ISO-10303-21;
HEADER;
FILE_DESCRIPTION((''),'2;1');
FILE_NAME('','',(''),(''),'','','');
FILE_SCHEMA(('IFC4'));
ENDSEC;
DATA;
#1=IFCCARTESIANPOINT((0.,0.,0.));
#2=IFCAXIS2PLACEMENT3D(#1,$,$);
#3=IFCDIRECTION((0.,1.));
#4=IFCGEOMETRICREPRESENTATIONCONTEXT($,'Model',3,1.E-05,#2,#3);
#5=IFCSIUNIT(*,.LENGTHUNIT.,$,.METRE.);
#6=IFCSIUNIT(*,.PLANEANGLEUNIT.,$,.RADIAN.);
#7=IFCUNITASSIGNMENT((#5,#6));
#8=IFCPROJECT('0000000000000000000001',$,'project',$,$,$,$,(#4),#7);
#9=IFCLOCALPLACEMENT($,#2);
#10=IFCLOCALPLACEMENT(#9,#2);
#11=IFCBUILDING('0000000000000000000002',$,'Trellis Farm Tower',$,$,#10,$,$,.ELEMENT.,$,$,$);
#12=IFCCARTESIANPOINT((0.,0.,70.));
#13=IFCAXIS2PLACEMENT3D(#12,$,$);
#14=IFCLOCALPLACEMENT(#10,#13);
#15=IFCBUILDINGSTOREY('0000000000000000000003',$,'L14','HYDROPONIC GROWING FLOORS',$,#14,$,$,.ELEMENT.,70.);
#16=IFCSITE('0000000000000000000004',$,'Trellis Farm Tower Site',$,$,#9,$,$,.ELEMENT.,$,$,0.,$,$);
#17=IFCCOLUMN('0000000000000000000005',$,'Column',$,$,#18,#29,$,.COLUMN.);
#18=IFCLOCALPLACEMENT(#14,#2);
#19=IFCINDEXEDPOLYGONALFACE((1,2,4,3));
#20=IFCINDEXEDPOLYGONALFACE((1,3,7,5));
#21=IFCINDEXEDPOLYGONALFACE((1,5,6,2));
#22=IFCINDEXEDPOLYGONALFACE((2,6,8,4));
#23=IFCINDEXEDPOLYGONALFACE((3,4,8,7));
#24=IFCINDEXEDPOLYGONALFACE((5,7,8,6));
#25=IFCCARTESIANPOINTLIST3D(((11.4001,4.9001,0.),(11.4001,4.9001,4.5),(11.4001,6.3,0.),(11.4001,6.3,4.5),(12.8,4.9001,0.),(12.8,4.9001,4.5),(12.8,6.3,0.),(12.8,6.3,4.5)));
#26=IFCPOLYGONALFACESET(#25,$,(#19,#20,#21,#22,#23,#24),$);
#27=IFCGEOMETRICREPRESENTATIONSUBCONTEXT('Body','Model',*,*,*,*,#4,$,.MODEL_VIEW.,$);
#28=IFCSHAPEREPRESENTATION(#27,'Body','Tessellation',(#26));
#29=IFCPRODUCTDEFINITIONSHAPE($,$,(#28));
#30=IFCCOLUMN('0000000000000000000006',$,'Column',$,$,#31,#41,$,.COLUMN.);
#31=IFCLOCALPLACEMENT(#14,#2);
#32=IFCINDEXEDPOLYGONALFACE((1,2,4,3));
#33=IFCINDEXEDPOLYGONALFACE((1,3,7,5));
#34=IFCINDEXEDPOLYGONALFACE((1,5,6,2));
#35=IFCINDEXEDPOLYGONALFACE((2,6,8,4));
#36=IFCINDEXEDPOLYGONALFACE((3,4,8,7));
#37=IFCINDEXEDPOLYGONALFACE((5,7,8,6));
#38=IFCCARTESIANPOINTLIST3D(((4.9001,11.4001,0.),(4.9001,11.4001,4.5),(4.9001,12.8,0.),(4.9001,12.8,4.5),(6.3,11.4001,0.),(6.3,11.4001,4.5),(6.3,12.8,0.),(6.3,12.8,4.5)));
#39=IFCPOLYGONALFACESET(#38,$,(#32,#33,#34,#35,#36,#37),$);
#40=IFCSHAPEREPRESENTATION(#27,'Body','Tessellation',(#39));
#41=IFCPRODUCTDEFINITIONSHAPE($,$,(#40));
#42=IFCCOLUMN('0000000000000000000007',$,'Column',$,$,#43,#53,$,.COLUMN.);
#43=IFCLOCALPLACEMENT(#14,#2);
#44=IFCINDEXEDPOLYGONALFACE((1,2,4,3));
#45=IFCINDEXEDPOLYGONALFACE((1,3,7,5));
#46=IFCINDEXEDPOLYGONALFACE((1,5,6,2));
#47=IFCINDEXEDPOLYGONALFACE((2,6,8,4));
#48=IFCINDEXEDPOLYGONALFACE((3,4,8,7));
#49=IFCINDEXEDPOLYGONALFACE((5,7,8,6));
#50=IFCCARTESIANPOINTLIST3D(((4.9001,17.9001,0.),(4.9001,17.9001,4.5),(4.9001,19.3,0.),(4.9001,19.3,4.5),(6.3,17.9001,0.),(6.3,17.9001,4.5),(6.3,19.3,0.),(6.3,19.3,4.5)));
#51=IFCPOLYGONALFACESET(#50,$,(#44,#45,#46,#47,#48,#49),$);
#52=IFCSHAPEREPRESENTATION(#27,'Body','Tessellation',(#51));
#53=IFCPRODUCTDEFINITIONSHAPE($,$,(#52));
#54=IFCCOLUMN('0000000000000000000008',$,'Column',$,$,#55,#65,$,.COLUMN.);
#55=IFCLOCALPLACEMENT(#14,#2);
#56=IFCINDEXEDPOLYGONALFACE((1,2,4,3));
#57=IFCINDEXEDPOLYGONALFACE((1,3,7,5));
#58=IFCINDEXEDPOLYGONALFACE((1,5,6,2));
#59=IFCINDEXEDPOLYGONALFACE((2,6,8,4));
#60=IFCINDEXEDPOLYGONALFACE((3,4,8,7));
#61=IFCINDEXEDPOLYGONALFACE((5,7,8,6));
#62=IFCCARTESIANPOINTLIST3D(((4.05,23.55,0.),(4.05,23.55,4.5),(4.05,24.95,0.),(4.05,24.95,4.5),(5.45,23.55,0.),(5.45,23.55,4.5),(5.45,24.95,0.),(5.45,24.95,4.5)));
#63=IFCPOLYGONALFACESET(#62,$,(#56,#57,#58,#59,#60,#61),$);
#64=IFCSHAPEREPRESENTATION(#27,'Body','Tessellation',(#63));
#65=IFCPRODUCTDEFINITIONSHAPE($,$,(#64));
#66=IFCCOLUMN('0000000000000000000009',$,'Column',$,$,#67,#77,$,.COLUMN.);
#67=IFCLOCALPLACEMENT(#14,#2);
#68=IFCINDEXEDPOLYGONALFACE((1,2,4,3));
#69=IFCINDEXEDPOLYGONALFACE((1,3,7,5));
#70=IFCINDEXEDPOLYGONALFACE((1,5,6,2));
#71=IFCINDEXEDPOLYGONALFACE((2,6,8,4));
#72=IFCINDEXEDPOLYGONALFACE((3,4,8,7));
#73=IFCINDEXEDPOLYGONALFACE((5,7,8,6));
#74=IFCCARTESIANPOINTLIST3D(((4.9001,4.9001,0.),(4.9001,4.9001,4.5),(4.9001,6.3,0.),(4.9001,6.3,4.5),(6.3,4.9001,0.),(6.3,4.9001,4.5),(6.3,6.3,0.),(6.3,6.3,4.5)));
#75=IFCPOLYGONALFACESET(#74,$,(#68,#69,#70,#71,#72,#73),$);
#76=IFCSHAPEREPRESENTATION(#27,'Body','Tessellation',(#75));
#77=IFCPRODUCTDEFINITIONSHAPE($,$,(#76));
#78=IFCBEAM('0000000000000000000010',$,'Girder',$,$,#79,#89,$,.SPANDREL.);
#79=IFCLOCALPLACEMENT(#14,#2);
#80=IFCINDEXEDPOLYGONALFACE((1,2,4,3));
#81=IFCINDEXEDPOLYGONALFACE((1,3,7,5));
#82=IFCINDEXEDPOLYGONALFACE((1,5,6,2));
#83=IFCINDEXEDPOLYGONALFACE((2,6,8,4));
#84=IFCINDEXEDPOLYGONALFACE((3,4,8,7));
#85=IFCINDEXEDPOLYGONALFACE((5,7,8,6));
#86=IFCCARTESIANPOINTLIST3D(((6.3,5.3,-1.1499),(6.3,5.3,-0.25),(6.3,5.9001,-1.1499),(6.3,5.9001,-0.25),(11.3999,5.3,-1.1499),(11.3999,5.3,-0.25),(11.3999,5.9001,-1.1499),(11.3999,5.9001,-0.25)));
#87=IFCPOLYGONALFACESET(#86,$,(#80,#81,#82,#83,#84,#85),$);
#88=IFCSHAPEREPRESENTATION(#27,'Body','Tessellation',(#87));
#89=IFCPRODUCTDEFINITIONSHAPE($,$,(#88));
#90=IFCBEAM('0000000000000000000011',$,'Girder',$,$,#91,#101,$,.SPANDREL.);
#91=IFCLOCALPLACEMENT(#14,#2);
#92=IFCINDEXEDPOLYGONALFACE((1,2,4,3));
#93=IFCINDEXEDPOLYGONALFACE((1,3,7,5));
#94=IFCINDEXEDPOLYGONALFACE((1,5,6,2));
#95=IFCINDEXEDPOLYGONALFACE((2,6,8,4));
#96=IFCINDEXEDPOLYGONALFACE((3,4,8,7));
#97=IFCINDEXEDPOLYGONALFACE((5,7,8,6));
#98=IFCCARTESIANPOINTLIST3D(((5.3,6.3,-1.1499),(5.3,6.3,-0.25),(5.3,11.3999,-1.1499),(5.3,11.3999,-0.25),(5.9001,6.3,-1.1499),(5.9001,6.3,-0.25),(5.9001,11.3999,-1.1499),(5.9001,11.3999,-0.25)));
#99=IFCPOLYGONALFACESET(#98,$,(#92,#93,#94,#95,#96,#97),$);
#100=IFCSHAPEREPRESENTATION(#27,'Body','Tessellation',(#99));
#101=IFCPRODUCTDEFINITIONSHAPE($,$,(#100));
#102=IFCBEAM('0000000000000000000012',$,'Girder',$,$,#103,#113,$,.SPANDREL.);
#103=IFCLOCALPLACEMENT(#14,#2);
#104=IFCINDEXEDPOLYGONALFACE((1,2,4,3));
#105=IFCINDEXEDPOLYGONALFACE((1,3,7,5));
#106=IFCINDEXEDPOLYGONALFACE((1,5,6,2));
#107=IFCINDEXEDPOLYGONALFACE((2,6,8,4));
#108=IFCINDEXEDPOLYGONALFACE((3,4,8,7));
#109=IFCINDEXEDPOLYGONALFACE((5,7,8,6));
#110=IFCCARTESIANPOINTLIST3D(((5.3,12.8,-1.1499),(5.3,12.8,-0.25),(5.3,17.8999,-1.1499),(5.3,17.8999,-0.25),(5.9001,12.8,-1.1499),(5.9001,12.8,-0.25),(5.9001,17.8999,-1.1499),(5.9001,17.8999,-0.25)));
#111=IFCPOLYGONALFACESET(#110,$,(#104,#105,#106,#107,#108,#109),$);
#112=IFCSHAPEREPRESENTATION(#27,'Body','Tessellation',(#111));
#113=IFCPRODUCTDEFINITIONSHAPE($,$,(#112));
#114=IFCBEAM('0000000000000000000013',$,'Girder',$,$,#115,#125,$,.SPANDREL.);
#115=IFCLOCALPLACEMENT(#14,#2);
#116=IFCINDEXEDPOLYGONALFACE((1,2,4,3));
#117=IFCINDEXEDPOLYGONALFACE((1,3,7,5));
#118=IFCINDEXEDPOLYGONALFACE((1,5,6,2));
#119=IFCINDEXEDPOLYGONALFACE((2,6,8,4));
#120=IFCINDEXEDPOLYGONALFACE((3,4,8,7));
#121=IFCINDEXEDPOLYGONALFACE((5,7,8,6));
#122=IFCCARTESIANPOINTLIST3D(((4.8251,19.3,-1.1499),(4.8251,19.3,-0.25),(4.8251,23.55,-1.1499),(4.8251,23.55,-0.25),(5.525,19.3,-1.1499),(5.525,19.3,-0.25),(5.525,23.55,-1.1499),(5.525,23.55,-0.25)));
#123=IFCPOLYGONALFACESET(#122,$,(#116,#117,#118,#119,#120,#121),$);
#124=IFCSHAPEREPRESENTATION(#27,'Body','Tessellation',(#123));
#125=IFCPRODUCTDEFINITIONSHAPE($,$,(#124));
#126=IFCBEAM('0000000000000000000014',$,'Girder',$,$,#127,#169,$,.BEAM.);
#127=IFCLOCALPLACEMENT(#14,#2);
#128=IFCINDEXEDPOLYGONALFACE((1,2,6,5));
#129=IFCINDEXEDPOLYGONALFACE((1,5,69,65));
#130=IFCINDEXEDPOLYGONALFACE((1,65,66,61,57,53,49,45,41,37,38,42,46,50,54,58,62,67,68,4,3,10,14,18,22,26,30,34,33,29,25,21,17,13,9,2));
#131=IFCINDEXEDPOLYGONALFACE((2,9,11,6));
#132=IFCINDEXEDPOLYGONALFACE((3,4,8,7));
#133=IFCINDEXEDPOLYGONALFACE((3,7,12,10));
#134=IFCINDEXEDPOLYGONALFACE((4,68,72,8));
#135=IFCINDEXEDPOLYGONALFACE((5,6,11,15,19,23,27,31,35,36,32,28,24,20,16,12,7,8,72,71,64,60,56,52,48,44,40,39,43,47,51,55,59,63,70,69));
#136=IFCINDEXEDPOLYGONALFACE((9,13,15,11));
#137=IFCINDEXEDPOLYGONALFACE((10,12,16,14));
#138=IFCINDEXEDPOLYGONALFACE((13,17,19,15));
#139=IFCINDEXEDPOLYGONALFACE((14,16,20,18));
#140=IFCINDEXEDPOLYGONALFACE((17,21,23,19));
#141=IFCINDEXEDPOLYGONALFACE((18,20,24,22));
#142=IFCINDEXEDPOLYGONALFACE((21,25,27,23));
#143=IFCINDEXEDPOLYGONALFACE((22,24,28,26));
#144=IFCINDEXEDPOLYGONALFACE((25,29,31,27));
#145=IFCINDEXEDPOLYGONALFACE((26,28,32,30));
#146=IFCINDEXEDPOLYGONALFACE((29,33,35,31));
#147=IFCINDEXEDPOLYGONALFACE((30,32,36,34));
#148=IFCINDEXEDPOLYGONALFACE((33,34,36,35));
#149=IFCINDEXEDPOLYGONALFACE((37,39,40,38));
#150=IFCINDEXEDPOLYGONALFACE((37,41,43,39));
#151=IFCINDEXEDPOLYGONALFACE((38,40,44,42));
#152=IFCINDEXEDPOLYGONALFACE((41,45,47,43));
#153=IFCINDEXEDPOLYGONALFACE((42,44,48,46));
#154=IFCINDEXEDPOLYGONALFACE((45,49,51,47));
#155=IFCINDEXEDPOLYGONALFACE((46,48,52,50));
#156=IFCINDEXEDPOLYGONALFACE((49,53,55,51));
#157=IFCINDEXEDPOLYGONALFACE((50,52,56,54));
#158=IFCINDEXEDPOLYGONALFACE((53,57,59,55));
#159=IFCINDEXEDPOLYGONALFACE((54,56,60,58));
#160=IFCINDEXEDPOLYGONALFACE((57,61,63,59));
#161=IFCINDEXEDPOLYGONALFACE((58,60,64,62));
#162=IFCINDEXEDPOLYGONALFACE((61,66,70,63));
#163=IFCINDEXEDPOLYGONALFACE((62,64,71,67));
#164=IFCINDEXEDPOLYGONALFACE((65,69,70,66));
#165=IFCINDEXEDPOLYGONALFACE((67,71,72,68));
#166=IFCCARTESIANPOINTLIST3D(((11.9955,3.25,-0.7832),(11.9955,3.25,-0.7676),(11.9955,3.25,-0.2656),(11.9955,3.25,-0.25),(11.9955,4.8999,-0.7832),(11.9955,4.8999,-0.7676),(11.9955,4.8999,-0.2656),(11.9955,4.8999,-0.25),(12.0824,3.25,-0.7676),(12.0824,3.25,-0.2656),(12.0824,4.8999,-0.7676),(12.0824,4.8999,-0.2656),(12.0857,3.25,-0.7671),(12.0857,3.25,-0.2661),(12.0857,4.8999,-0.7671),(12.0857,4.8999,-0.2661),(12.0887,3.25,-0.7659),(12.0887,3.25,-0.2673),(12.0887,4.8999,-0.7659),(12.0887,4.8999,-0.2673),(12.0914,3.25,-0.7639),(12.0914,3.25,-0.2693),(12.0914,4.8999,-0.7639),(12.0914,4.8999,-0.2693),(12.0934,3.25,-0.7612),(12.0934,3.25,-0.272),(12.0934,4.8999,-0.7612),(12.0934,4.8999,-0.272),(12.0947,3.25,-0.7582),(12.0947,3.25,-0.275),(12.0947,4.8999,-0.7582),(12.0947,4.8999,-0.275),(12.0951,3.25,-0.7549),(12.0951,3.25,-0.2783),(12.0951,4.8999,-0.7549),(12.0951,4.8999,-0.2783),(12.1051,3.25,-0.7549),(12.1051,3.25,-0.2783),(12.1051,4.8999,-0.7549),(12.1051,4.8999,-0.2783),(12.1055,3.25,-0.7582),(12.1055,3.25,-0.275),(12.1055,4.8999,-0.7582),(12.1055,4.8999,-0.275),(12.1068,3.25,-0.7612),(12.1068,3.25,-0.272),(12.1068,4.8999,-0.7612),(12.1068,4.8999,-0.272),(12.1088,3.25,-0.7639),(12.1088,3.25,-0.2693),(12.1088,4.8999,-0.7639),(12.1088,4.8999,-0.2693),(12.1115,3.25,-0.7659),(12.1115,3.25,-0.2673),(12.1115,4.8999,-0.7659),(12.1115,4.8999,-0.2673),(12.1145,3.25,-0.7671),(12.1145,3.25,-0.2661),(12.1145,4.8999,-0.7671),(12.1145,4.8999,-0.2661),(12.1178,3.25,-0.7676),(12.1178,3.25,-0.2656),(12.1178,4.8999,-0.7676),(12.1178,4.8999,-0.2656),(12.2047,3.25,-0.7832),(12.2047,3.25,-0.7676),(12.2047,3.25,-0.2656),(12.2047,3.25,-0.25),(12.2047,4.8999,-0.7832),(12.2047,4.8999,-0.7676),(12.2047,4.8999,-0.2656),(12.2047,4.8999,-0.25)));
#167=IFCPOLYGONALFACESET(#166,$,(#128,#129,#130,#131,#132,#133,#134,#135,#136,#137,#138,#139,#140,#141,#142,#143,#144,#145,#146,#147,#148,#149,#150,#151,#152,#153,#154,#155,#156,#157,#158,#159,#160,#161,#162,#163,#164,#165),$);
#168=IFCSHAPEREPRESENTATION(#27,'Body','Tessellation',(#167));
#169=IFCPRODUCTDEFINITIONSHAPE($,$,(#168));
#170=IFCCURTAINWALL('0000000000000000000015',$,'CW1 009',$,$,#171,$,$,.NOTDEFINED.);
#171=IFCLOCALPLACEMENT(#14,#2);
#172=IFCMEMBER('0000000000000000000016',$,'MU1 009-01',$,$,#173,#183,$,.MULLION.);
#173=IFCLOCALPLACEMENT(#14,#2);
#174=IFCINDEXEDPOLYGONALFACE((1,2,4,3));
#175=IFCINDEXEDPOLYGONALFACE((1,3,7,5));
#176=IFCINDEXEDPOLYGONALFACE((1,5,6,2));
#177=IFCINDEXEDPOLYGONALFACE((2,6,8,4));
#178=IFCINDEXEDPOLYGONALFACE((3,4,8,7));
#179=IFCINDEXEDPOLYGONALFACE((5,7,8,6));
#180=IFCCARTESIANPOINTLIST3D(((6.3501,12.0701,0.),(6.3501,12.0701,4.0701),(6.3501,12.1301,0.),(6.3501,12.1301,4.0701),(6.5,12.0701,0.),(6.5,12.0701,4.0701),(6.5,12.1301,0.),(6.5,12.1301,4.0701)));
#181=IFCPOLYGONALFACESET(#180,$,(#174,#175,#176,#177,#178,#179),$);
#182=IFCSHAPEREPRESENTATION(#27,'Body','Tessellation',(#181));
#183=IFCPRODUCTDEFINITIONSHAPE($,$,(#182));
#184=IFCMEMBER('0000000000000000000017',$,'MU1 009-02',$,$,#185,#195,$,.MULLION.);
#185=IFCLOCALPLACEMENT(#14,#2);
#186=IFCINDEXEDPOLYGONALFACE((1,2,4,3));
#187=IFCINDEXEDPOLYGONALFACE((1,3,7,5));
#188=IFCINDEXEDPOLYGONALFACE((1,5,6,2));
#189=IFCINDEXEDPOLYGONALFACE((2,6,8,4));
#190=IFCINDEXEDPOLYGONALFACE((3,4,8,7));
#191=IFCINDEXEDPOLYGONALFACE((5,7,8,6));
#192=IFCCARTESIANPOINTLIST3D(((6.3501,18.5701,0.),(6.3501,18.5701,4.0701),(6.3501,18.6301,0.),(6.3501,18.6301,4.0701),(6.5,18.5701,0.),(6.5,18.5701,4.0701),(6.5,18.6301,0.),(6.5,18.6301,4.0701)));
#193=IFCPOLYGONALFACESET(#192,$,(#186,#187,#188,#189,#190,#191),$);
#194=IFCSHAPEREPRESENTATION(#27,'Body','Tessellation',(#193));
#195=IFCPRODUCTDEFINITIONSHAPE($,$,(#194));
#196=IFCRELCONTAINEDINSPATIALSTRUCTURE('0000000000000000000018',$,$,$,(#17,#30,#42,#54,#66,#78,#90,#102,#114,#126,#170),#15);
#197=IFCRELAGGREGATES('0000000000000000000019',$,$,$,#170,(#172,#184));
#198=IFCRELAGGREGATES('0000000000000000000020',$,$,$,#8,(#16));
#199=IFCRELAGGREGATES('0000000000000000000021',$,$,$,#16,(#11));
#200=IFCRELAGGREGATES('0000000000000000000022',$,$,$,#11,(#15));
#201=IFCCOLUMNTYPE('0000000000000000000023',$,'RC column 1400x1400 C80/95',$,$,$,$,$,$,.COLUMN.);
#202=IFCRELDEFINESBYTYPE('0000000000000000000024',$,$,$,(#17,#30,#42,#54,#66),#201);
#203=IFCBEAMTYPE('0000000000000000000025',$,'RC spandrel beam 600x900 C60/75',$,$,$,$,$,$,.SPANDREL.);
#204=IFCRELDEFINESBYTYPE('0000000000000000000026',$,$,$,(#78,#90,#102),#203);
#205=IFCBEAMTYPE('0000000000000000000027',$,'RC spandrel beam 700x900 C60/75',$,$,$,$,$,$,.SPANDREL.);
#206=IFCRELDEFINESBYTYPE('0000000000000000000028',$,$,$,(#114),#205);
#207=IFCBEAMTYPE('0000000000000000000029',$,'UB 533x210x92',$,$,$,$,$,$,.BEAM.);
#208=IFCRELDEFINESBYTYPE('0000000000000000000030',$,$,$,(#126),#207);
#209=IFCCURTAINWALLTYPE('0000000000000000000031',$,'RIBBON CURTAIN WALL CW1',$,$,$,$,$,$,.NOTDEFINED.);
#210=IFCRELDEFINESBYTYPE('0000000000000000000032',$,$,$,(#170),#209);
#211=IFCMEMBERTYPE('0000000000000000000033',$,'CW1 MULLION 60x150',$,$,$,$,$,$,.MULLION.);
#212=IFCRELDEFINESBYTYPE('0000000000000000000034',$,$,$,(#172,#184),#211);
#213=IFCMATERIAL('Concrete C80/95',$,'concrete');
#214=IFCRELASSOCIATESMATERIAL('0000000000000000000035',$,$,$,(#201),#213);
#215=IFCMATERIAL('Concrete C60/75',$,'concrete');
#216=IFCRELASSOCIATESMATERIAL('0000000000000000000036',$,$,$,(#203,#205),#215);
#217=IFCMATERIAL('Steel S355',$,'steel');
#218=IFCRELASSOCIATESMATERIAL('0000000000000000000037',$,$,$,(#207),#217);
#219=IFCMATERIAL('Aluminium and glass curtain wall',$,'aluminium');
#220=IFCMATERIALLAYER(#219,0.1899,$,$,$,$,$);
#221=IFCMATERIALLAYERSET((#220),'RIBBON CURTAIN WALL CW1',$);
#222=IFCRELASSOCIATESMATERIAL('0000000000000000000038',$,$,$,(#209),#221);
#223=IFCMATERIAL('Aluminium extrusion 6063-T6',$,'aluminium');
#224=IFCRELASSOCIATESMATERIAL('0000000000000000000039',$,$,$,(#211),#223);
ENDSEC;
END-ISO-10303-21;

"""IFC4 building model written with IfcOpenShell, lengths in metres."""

from ifc_helpers import new_model, si_unit, direction, frame, origin, origin_2d, place, context, subcontext, project, spatial, rectangle, i_section, extrude, source, transform, mapped, material, layer, layer_set, material_profile, profile_set, type_object, element, aggregate, save


model = new_model("IFC4")

# Units and contexts
model_context = context("Model", 3, precision=1e-05, world=origin(), true_north=direction((0.0, 1.0)))
body_context = subcontext(model_context, "Body", "Model", "MODEL_VIEW")
ifc_project = project(units=[si_unit("LENGTHUNIT", "METRE"), si_unit("PLANEANGLEUNIT", "RADIAN")], contexts=[model_context])

# Site, building, storey
site_placement = place(None, origin())
site = spatial("IfcSite", under=ifc_project, at=site_placement, Name="Trellis Farm Tower Site", CompositionType="ELEMENT", RefElevation=0.0)
building_placement = place(site_placement, origin())
building = spatial("IfcBuilding", under=site, at=building_placement, Name="Trellis Farm Tower", CompositionType="ELEMENT")
storey_placement = place(building_placement, frame((0.0, 0.0, 70.0)))
storey = spatial("IfcBuildingStorey", under=building, at=storey_placement, Name="L14", Description="HYDROPONIC GROWING FLOORS", CompositionType="ELEMENT", Elevation=70.0)

# Columns
ifc_material_1 = material(Name="Concrete C80/95", Category="concrete")
ifc_material_profile_1 = material_profile(ifc_material_1, rectangle(XDim=1.3999, YDim=1.3999, at=origin_2d()), Name="RC column 1400x1400 C80/95")
ifc_profile_set_1 = profile_set([ifc_material_profile_1], Name="Concrete C80/95")
column_type = type_object("IfcColumnType", Name="RC column 1400x1400 C80/95", PredefinedType="COLUMN", material=ifc_profile_set_1)
shared_shape_1 = source(origin(), body_context, "Body", "SweptSolid", [
    extrude(rectangle(XDim=1.3999, YDim=1.3999, at=origin_2d()), origin(), (0.0, 0.0, 1.0), 4.5),
])
for number, where, z_axis, x_axis, name in (
    (1, (12.1001, 5.6001, 0.0), (0.0, 0.0, 1.0), (1.0, 0.0, 0.0), "Column"),
    (2, (5.6001, 12.1001, 0.0), (0.0, 0.0, 1.0), (1.0, 0.0, 0.0), "Column"),
    (3, (5.6001, 18.6001, 0.0), (0.0, 0.0, 1.0), (1.0, 0.0, 0.0), "Column"),
    (4, (4.75, 24.25, 0.0), (0.0, 0.0, 1.0), (1.0, 0.0, 0.0), "Column"),
    (5, (5.6001, 5.6001, 0.0), (0.0, 0.0, 1.0), (1.0, 0.0, 0.0), "Column"),
):
    element("IfcColumn", number, at=place(storey_placement, frame(where, z_axis=z_axis, x_axis=x_axis)), inside=storey, type_object=column_type, Name=name, PredefinedType="COLUMN", context=body_context, shape_type="MappedRepresentation", body=[
        mapped(shared_shape_1, transform((0.0, 0.0, 0.0))),
    ])

# Beams
ifc_material_2 = material(Name="Concrete C60/75", Category="concrete")
ifc_material_profile_2 = material_profile(ifc_material_2, rectangle(XDim=0.6001, YDim=0.8999, at=origin_2d()), Name="RC spandrel beam 600x900 C60/75")
ifc_profile_set_2 = profile_set([ifc_material_profile_2], Name="Concrete C60/75")
beam_type_1 = type_object("IfcBeamType", Name="RC spandrel beam 600x900 C60/75", PredefinedType="SPANDREL", material=ifc_profile_set_2)
shared_shape_2 = source(origin(), body_context, "Body", "SweptSolid", [
    extrude(rectangle(XDim=0.6001, YDim=0.8999, at=origin_2d()), origin(), (0.0, 0.0, 1.0), 5.0999),
])
for number, where, z_axis, x_axis, name in (
    (6, (6.3, 5.6001, -0.7), (1.0, 0.0, 0.0), (0.0, 1.0, 0.0), "Girder"),
    (7, (5.6001, 6.3, -0.7), (0.0, 1.0, 0.0), (-1.0, 0.0, 0.0), "Girder"),
    (8, (5.6001, 12.8, -0.7), (0.0, 1.0, 0.0), (-1.0, 0.0, 0.0), "Girder"),
):
    element("IfcBeam", number, at=place(storey_placement, frame(where, z_axis=z_axis, x_axis=x_axis)), inside=storey, type_object=beam_type_1, Name=name, PredefinedType="SPANDREL", context=body_context, shape_type="MappedRepresentation", body=[
        mapped(shared_shape_2, transform((0.0, 0.0, 0.0))),
    ])
ifc_material_profile_3 = material_profile(ifc_material_2, rectangle(XDim=0.7, YDim=0.8999, at=origin_2d()), Name="RC spandrel beam 700x900 C60/75")
ifc_profile_set_3 = profile_set([ifc_material_profile_3], Name="Concrete C60/75")
beam_type_2 = type_object("IfcBeamType", Name="RC spandrel beam 700x900 C60/75", PredefinedType="SPANDREL", material=ifc_profile_set_3)
shared_shape_3 = source(origin(), body_context, "Body", "SweptSolid", [
    extrude(rectangle(XDim=0.7, YDim=0.8999, at=origin_2d()), origin(), (0.0, 0.0, 1.0), 4.25),
])
beam_1_placement = place(storey_placement, frame((5.175, 19.3, -0.7), z_axis=(0.0, 1.0, 0.0), x_axis=(-1.0, 0.0, 0.0)))
element("IfcBeam", 9, at=beam_1_placement, inside=storey, type_object=beam_type_2, Name="Girder", PredefinedType="SPANDREL", context=body_context, shape_type="MappedRepresentation", body=[
    mapped(shared_shape_3, transform((0.0, 0.0, 0.0))),
])
ifc_material_3 = material(Name="Steel S355", Category="steel")
ifc_material_profile_4 = material_profile(ifc_material_3, i_section(OverallWidth=0.2092, OverallDepth=0.5332, WebThickness=0.01, FlangeThickness=0.0156, FilletRadius=0.0127, at=origin_2d()), Name="UB 533x210x92")
ifc_profile_set_4 = profile_set([ifc_material_profile_4], Name="Steel S355")
beam_type_3 = type_object("IfcBeamType", Name="UB 533x210x92", PredefinedType="BEAM", material=ifc_profile_set_4)
shared_shape_4 = source(origin(), body_context, "Body", "SweptSolid", [
    extrude(i_section(OverallWidth=0.2092, OverallDepth=0.5332, WebThickness=0.01, FlangeThickness=0.0156, FilletRadius=0.0127, at=origin_2d()), origin(), (0.0, 0.0, 1.0), 1.6499),
])
beam_2_placement = place(storey_placement, frame((12.1001, 3.25, -0.5166), z_axis=(0.0, 1.0, 0.0), x_axis=(-1.0, 0.0, 0.0)))
element("IfcBeam", 10, at=beam_2_placement, inside=storey, type_object=beam_type_3, Name="Girder", PredefinedType="BEAM", context=body_context, shape_type="MappedRepresentation", body=[
    mapped(shared_shape_4, transform((0.0, 0.0, 0.0))),
])

# Curtain wall, members
ifc_material_4 = material(Name="Aluminium and glass curtain wall", Category="aluminium")
ifc_layer_1 = layer(ifc_material_4, 0.1899)
ifc_layer_set_1 = layer_set([ifc_layer_1], Name="RIBBON CURTAIN WALL CW1")
curtain_wall_type_1 = type_object("IfcCurtainWallType", Name="RIBBON CURTAIN WALL CW1", PredefinedType="NOTDEFINED", material=ifc_layer_set_1)
placement = place(storey_placement, origin())
curtain_wall_1 = element("IfcCurtainWall", 11, at=placement, inside=storey, type_object=curtain_wall_type_1, Name="CW1 009", PredefinedType="NOTDEFINED")
ifc_material_5 = material(Name="Aluminium extrusion 6063-T6", Category="aluminium")
ifc_material_profile_5 = material_profile(ifc_material_5, rectangle(XDim=0.0601, YDim=0.1499, at=origin_2d()), Name="MULLION 60x150")
ifc_profile_set_5 = profile_set([ifc_material_profile_5], Name="Aluminium extrusion 6063-T6")
member_type_1 = type_object("IfcMemberType", Name="CW1 MULLION 60x150", PredefinedType="MULLION", material=ifc_profile_set_5)
shared_shape_5 = source(origin(), body_context, "Body", "SweptSolid", [
    extrude(rectangle(XDim=0.0601, YDim=0.1499, at=origin_2d()), origin(), (0.0, 0.0, 1.0), 4.0701),
])
member_1_placement = place(storey_placement, frame((6.425, 12.1001, 0.0), z_axis=(0.0, 0.0, 1.0), x_axis=(0.0, 1.0, 0.0)))
member_1 = element("IfcMember", 12, at=member_1_placement, type_object=member_type_1, Name="MU1 009-01", PredefinedType="MULLION", context=body_context, shape_type="MappedRepresentation", body=[
    mapped(shared_shape_5, transform((0.0, 0.0, 0.0))),
])
member_2_placement = place(storey_placement, frame((6.425, 18.6001, 0.0), z_axis=(0.0, 0.0, 1.0), x_axis=(0.0, 1.0, 0.0)))
member_2 = element("IfcMember", 13, at=member_2_placement, type_object=member_type_1, Name="MU1 009-02", PredefinedType="MULLION", context=body_context, shape_type="MappedRepresentation", body=[
    mapped(shared_shape_5, transform((0.0, 0.0, 0.0))),
])
aggregate(curtain_wall_1, [member_1, member_2])

save(model, "model.ifc")
